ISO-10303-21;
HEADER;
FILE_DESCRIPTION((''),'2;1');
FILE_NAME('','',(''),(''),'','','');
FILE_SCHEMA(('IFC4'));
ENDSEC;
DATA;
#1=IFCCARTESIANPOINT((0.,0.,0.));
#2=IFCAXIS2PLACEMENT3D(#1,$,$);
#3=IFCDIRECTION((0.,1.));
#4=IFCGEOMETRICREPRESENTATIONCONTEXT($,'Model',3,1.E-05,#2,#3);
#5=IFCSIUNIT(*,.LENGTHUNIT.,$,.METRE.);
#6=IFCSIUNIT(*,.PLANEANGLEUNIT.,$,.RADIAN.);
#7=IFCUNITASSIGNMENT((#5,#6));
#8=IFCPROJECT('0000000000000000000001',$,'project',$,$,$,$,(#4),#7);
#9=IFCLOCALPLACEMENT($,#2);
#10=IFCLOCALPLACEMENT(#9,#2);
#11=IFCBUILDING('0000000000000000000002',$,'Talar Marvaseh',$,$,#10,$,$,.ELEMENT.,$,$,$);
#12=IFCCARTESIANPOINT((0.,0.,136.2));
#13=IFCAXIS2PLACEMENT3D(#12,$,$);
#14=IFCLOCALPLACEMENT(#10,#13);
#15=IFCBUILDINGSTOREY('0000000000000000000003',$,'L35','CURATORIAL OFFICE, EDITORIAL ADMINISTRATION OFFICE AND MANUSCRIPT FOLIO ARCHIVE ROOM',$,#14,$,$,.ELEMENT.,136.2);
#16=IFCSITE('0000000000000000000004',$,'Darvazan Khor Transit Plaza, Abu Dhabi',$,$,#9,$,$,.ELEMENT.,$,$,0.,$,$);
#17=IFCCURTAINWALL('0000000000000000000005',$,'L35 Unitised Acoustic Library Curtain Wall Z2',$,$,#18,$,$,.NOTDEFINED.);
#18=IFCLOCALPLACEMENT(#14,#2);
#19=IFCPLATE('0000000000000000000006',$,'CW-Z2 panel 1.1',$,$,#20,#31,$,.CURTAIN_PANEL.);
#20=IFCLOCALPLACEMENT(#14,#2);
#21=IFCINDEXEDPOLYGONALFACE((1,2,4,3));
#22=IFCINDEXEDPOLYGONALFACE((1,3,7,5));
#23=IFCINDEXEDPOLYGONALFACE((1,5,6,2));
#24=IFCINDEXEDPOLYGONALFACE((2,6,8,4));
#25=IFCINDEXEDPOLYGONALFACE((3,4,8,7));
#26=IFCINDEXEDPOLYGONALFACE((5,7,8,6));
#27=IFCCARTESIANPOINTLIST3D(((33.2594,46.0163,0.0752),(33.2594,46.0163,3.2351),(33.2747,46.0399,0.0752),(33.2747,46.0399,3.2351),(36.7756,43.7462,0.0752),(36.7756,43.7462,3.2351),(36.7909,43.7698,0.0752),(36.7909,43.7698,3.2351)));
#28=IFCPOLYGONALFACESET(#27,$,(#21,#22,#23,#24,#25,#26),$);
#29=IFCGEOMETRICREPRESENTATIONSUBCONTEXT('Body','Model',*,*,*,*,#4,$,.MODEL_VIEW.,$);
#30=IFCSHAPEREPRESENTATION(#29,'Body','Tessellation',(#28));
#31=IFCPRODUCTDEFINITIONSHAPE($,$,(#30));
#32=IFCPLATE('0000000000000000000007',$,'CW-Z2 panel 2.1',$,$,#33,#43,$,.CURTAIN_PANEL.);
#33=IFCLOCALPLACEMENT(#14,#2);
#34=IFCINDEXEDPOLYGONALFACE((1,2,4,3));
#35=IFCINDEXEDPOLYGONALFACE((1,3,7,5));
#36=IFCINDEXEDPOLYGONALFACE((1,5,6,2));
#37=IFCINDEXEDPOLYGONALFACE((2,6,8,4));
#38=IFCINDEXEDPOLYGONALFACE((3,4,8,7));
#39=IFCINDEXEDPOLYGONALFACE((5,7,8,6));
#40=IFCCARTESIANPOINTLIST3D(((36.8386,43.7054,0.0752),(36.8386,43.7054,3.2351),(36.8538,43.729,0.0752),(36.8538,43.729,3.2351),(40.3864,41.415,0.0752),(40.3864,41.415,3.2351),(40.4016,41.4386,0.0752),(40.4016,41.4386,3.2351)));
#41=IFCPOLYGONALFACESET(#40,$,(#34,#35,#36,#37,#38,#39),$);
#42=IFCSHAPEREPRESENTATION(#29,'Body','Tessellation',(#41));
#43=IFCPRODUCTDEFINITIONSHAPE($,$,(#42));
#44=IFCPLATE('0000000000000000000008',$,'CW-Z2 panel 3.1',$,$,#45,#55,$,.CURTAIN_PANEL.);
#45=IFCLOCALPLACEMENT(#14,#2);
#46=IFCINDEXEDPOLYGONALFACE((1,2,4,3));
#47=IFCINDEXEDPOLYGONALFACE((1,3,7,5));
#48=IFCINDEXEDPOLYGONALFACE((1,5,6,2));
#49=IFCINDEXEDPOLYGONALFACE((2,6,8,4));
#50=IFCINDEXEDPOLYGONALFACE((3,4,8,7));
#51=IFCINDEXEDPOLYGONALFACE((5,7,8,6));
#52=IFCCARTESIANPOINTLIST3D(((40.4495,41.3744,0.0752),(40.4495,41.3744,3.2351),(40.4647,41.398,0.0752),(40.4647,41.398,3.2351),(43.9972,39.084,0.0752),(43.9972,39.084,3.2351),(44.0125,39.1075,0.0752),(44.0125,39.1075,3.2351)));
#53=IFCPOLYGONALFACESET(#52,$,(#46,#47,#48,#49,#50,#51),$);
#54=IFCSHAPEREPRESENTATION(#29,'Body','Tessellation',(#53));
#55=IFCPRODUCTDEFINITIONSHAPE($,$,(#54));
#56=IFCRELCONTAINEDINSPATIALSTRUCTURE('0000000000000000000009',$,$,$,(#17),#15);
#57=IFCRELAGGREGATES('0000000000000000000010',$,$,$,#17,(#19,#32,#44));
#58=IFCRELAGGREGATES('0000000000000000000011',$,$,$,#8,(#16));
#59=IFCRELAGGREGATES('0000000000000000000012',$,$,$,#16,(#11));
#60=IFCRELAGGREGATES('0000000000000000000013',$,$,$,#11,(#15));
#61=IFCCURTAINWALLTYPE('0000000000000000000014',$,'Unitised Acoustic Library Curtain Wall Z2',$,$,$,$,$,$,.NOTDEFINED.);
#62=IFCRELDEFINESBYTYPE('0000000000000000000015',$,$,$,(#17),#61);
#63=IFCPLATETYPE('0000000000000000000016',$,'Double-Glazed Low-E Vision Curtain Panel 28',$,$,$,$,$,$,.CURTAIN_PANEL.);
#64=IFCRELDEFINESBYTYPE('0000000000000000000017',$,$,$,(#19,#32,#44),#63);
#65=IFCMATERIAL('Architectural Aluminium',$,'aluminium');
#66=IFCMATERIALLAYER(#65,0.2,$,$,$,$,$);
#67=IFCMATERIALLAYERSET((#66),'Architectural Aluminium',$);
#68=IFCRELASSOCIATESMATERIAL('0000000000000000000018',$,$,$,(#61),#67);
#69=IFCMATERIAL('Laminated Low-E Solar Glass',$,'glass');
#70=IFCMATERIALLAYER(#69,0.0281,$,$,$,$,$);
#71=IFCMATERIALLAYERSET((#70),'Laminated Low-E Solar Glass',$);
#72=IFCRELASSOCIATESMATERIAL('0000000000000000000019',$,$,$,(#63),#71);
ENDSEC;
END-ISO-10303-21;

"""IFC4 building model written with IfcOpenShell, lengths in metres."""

from ifc_helpers import new_model, si_unit, direction, frame, origin, origin_2d, place, context, subcontext, project, spatial, rectangle, extrude, source, transform, mapped, material, layer, layer_set, type_object, type_shapes, element, aggregate, save


model = new_model("IFC4")

# Units and contexts
model_context = context("Model", 3, precision=1e-05, world=origin(), true_north=direction((0.0, 1.0)))
body_context = subcontext(model_context, "Body", "Model", "MODEL_VIEW")
ifc_project = project(units=[si_unit("LENGTHUNIT", "METRE"), si_unit("PLANEANGLEUNIT", "RADIAN")], contexts=[model_context])

# Site, building, storey
site_placement = place(None, origin())
site = spatial("IfcSite", under=ifc_project, at=site_placement, Name="Darvazan Khor Transit Plaza, Abu Dhabi", CompositionType="ELEMENT", RefElevation=0.0)
building_placement = place(site_placement, origin())
building = spatial("IfcBuilding", under=site, at=building_placement, Name="Talar Marvaseh", CompositionType="ELEMENT")
storey_placement = place(building_placement, frame((0.0, 0.0, 136.2)))
storey = spatial("IfcBuildingStorey", under=building, at=storey_placement, Name="L35", Description="CURATORIAL OFFICE, EDITORIAL ADMINISTRATION OFFICE AND MANUSCRIPT FOLIO ARCHIVE ROOM", CompositionType="ELEMENT", Elevation=136.2)

# Curtain wall, plates
ifc_material_1 = material(Name="Architectural Aluminium", Category="aluminium")
ifc_layer_1 = layer(ifc_material_1, 0.2)
ifc_layer_set_1 = layer_set([ifc_layer_1], Name="Architectural Aluminium")
curtain_wall_type = type_object("IfcCurtainWallType", Name="Unitised Acoustic Library Curtain Wall Z2", PredefinedType="NOTDEFINED", material=ifc_layer_set_1)
curtain_wall_placement = place(storey_placement, origin())
curtain_wall = element("IfcCurtainWall", 1, at=curtain_wall_placement, inside=storey, type_object=curtain_wall_type, Name="L35 Unitised Acoustic Library Curtain Wall Z2", PredefinedType="NOTDEFINED")
ifc_material_2 = material(Name="Laminated Low-E Solar Glass", Category="glass")
ifc_layer_2 = layer(ifc_material_2, 0.0281)
ifc_layer_set_2 = layer_set([ifc_layer_2], Name="Laminated Low-E Solar Glass")
plate_type = type_object("IfcPlateType", Name="Double-Glazed Low-E Vision Curtain Panel 28", PredefinedType="CURTAIN_PANEL", material=ifc_layer_set_2)
shared_shape_1 = source(origin(), body_context, "Body", "SweptSolid", [
    extrude(rectangle(XDim=4.1853, YDim=0.0281, at=origin_2d()), origin(), (0.0, 0.0, 1.0), 3.1599),
])
plate_1_placement = place(storey_placement, frame((35.0251, 44.8931, 0.0752), z_axis=(0.0, 0.0, 1.0), x_axis=(0.840129, -0.542386, 0.0)))
plate_1 = element("IfcPlate", 2, at=plate_1_placement, type_object=plate_type, Name="CW-Z2 panel 1.1", PredefinedType="CURTAIN_PANEL", context=body_context, shape_type="MappedRepresentation", body=[
    mapped(shared_shape_1, transform((0.0, 0.0, 0.0), x_axis=(1.0, 0.0, 0.0), y_axis=(0.0, 1.0, 0.0), z_axis=(0.0, 0.0, 1.0), scale=1.0)),
])
shared_shape_2 = source(origin(), body_context, "Body", "SweptSolid", [
    extrude(rectangle(XDim=4.2229, YDim=0.0281, at=origin_2d()), origin(), (0.0, 0.0, 1.0), 3.1599),
])
type_shapes(plate_type, [shared_shape_1, shared_shape_2])
plate_2_placement = place(storey_placement, frame((38.6201, 42.572, 0.0752), z_axis=(0.0, 0.0, 1.0), x_axis=(0.840129, -0.542386, 0.0)))
plate_2 = element("IfcPlate", 3, at=plate_2_placement, type_object=plate_type, Name="CW-Z2 panel 2.1", PredefinedType="CURTAIN_PANEL", context=body_context, shape_type="MappedRepresentation", body=[
    mapped(shared_shape_2, transform((0.0, 0.0, 0.0), x_axis=(1.0, 0.0, 0.0), y_axis=(0.0, 1.0, 0.0), z_axis=(0.0, 0.0, 1.0), scale=1.0)),
])
plate_3_placement = place(storey_placement, frame((42.231, 40.241, 0.0752), z_axis=(0.0, 0.0, 1.0), x_axis=(0.840129, -0.542386, 0.0)))
plate_3 = element("IfcPlate", 4, at=plate_3_placement, type_object=plate_type, Name="CW-Z2 panel 3.1", PredefinedType="CURTAIN_PANEL", context=body_context, shape_type="MappedRepresentation", body=[
    mapped(shared_shape_2, transform((0.0, 0.0, 0.0), x_axis=(1.0, 0.0, 0.0), y_axis=(0.0, 1.0, 0.0), z_axis=(0.0, 0.0, 1.0), scale=1.0)),
])
aggregate(curtain_wall, [plate_1, plate_2, plate_3])

save(model, "model.ifc")
